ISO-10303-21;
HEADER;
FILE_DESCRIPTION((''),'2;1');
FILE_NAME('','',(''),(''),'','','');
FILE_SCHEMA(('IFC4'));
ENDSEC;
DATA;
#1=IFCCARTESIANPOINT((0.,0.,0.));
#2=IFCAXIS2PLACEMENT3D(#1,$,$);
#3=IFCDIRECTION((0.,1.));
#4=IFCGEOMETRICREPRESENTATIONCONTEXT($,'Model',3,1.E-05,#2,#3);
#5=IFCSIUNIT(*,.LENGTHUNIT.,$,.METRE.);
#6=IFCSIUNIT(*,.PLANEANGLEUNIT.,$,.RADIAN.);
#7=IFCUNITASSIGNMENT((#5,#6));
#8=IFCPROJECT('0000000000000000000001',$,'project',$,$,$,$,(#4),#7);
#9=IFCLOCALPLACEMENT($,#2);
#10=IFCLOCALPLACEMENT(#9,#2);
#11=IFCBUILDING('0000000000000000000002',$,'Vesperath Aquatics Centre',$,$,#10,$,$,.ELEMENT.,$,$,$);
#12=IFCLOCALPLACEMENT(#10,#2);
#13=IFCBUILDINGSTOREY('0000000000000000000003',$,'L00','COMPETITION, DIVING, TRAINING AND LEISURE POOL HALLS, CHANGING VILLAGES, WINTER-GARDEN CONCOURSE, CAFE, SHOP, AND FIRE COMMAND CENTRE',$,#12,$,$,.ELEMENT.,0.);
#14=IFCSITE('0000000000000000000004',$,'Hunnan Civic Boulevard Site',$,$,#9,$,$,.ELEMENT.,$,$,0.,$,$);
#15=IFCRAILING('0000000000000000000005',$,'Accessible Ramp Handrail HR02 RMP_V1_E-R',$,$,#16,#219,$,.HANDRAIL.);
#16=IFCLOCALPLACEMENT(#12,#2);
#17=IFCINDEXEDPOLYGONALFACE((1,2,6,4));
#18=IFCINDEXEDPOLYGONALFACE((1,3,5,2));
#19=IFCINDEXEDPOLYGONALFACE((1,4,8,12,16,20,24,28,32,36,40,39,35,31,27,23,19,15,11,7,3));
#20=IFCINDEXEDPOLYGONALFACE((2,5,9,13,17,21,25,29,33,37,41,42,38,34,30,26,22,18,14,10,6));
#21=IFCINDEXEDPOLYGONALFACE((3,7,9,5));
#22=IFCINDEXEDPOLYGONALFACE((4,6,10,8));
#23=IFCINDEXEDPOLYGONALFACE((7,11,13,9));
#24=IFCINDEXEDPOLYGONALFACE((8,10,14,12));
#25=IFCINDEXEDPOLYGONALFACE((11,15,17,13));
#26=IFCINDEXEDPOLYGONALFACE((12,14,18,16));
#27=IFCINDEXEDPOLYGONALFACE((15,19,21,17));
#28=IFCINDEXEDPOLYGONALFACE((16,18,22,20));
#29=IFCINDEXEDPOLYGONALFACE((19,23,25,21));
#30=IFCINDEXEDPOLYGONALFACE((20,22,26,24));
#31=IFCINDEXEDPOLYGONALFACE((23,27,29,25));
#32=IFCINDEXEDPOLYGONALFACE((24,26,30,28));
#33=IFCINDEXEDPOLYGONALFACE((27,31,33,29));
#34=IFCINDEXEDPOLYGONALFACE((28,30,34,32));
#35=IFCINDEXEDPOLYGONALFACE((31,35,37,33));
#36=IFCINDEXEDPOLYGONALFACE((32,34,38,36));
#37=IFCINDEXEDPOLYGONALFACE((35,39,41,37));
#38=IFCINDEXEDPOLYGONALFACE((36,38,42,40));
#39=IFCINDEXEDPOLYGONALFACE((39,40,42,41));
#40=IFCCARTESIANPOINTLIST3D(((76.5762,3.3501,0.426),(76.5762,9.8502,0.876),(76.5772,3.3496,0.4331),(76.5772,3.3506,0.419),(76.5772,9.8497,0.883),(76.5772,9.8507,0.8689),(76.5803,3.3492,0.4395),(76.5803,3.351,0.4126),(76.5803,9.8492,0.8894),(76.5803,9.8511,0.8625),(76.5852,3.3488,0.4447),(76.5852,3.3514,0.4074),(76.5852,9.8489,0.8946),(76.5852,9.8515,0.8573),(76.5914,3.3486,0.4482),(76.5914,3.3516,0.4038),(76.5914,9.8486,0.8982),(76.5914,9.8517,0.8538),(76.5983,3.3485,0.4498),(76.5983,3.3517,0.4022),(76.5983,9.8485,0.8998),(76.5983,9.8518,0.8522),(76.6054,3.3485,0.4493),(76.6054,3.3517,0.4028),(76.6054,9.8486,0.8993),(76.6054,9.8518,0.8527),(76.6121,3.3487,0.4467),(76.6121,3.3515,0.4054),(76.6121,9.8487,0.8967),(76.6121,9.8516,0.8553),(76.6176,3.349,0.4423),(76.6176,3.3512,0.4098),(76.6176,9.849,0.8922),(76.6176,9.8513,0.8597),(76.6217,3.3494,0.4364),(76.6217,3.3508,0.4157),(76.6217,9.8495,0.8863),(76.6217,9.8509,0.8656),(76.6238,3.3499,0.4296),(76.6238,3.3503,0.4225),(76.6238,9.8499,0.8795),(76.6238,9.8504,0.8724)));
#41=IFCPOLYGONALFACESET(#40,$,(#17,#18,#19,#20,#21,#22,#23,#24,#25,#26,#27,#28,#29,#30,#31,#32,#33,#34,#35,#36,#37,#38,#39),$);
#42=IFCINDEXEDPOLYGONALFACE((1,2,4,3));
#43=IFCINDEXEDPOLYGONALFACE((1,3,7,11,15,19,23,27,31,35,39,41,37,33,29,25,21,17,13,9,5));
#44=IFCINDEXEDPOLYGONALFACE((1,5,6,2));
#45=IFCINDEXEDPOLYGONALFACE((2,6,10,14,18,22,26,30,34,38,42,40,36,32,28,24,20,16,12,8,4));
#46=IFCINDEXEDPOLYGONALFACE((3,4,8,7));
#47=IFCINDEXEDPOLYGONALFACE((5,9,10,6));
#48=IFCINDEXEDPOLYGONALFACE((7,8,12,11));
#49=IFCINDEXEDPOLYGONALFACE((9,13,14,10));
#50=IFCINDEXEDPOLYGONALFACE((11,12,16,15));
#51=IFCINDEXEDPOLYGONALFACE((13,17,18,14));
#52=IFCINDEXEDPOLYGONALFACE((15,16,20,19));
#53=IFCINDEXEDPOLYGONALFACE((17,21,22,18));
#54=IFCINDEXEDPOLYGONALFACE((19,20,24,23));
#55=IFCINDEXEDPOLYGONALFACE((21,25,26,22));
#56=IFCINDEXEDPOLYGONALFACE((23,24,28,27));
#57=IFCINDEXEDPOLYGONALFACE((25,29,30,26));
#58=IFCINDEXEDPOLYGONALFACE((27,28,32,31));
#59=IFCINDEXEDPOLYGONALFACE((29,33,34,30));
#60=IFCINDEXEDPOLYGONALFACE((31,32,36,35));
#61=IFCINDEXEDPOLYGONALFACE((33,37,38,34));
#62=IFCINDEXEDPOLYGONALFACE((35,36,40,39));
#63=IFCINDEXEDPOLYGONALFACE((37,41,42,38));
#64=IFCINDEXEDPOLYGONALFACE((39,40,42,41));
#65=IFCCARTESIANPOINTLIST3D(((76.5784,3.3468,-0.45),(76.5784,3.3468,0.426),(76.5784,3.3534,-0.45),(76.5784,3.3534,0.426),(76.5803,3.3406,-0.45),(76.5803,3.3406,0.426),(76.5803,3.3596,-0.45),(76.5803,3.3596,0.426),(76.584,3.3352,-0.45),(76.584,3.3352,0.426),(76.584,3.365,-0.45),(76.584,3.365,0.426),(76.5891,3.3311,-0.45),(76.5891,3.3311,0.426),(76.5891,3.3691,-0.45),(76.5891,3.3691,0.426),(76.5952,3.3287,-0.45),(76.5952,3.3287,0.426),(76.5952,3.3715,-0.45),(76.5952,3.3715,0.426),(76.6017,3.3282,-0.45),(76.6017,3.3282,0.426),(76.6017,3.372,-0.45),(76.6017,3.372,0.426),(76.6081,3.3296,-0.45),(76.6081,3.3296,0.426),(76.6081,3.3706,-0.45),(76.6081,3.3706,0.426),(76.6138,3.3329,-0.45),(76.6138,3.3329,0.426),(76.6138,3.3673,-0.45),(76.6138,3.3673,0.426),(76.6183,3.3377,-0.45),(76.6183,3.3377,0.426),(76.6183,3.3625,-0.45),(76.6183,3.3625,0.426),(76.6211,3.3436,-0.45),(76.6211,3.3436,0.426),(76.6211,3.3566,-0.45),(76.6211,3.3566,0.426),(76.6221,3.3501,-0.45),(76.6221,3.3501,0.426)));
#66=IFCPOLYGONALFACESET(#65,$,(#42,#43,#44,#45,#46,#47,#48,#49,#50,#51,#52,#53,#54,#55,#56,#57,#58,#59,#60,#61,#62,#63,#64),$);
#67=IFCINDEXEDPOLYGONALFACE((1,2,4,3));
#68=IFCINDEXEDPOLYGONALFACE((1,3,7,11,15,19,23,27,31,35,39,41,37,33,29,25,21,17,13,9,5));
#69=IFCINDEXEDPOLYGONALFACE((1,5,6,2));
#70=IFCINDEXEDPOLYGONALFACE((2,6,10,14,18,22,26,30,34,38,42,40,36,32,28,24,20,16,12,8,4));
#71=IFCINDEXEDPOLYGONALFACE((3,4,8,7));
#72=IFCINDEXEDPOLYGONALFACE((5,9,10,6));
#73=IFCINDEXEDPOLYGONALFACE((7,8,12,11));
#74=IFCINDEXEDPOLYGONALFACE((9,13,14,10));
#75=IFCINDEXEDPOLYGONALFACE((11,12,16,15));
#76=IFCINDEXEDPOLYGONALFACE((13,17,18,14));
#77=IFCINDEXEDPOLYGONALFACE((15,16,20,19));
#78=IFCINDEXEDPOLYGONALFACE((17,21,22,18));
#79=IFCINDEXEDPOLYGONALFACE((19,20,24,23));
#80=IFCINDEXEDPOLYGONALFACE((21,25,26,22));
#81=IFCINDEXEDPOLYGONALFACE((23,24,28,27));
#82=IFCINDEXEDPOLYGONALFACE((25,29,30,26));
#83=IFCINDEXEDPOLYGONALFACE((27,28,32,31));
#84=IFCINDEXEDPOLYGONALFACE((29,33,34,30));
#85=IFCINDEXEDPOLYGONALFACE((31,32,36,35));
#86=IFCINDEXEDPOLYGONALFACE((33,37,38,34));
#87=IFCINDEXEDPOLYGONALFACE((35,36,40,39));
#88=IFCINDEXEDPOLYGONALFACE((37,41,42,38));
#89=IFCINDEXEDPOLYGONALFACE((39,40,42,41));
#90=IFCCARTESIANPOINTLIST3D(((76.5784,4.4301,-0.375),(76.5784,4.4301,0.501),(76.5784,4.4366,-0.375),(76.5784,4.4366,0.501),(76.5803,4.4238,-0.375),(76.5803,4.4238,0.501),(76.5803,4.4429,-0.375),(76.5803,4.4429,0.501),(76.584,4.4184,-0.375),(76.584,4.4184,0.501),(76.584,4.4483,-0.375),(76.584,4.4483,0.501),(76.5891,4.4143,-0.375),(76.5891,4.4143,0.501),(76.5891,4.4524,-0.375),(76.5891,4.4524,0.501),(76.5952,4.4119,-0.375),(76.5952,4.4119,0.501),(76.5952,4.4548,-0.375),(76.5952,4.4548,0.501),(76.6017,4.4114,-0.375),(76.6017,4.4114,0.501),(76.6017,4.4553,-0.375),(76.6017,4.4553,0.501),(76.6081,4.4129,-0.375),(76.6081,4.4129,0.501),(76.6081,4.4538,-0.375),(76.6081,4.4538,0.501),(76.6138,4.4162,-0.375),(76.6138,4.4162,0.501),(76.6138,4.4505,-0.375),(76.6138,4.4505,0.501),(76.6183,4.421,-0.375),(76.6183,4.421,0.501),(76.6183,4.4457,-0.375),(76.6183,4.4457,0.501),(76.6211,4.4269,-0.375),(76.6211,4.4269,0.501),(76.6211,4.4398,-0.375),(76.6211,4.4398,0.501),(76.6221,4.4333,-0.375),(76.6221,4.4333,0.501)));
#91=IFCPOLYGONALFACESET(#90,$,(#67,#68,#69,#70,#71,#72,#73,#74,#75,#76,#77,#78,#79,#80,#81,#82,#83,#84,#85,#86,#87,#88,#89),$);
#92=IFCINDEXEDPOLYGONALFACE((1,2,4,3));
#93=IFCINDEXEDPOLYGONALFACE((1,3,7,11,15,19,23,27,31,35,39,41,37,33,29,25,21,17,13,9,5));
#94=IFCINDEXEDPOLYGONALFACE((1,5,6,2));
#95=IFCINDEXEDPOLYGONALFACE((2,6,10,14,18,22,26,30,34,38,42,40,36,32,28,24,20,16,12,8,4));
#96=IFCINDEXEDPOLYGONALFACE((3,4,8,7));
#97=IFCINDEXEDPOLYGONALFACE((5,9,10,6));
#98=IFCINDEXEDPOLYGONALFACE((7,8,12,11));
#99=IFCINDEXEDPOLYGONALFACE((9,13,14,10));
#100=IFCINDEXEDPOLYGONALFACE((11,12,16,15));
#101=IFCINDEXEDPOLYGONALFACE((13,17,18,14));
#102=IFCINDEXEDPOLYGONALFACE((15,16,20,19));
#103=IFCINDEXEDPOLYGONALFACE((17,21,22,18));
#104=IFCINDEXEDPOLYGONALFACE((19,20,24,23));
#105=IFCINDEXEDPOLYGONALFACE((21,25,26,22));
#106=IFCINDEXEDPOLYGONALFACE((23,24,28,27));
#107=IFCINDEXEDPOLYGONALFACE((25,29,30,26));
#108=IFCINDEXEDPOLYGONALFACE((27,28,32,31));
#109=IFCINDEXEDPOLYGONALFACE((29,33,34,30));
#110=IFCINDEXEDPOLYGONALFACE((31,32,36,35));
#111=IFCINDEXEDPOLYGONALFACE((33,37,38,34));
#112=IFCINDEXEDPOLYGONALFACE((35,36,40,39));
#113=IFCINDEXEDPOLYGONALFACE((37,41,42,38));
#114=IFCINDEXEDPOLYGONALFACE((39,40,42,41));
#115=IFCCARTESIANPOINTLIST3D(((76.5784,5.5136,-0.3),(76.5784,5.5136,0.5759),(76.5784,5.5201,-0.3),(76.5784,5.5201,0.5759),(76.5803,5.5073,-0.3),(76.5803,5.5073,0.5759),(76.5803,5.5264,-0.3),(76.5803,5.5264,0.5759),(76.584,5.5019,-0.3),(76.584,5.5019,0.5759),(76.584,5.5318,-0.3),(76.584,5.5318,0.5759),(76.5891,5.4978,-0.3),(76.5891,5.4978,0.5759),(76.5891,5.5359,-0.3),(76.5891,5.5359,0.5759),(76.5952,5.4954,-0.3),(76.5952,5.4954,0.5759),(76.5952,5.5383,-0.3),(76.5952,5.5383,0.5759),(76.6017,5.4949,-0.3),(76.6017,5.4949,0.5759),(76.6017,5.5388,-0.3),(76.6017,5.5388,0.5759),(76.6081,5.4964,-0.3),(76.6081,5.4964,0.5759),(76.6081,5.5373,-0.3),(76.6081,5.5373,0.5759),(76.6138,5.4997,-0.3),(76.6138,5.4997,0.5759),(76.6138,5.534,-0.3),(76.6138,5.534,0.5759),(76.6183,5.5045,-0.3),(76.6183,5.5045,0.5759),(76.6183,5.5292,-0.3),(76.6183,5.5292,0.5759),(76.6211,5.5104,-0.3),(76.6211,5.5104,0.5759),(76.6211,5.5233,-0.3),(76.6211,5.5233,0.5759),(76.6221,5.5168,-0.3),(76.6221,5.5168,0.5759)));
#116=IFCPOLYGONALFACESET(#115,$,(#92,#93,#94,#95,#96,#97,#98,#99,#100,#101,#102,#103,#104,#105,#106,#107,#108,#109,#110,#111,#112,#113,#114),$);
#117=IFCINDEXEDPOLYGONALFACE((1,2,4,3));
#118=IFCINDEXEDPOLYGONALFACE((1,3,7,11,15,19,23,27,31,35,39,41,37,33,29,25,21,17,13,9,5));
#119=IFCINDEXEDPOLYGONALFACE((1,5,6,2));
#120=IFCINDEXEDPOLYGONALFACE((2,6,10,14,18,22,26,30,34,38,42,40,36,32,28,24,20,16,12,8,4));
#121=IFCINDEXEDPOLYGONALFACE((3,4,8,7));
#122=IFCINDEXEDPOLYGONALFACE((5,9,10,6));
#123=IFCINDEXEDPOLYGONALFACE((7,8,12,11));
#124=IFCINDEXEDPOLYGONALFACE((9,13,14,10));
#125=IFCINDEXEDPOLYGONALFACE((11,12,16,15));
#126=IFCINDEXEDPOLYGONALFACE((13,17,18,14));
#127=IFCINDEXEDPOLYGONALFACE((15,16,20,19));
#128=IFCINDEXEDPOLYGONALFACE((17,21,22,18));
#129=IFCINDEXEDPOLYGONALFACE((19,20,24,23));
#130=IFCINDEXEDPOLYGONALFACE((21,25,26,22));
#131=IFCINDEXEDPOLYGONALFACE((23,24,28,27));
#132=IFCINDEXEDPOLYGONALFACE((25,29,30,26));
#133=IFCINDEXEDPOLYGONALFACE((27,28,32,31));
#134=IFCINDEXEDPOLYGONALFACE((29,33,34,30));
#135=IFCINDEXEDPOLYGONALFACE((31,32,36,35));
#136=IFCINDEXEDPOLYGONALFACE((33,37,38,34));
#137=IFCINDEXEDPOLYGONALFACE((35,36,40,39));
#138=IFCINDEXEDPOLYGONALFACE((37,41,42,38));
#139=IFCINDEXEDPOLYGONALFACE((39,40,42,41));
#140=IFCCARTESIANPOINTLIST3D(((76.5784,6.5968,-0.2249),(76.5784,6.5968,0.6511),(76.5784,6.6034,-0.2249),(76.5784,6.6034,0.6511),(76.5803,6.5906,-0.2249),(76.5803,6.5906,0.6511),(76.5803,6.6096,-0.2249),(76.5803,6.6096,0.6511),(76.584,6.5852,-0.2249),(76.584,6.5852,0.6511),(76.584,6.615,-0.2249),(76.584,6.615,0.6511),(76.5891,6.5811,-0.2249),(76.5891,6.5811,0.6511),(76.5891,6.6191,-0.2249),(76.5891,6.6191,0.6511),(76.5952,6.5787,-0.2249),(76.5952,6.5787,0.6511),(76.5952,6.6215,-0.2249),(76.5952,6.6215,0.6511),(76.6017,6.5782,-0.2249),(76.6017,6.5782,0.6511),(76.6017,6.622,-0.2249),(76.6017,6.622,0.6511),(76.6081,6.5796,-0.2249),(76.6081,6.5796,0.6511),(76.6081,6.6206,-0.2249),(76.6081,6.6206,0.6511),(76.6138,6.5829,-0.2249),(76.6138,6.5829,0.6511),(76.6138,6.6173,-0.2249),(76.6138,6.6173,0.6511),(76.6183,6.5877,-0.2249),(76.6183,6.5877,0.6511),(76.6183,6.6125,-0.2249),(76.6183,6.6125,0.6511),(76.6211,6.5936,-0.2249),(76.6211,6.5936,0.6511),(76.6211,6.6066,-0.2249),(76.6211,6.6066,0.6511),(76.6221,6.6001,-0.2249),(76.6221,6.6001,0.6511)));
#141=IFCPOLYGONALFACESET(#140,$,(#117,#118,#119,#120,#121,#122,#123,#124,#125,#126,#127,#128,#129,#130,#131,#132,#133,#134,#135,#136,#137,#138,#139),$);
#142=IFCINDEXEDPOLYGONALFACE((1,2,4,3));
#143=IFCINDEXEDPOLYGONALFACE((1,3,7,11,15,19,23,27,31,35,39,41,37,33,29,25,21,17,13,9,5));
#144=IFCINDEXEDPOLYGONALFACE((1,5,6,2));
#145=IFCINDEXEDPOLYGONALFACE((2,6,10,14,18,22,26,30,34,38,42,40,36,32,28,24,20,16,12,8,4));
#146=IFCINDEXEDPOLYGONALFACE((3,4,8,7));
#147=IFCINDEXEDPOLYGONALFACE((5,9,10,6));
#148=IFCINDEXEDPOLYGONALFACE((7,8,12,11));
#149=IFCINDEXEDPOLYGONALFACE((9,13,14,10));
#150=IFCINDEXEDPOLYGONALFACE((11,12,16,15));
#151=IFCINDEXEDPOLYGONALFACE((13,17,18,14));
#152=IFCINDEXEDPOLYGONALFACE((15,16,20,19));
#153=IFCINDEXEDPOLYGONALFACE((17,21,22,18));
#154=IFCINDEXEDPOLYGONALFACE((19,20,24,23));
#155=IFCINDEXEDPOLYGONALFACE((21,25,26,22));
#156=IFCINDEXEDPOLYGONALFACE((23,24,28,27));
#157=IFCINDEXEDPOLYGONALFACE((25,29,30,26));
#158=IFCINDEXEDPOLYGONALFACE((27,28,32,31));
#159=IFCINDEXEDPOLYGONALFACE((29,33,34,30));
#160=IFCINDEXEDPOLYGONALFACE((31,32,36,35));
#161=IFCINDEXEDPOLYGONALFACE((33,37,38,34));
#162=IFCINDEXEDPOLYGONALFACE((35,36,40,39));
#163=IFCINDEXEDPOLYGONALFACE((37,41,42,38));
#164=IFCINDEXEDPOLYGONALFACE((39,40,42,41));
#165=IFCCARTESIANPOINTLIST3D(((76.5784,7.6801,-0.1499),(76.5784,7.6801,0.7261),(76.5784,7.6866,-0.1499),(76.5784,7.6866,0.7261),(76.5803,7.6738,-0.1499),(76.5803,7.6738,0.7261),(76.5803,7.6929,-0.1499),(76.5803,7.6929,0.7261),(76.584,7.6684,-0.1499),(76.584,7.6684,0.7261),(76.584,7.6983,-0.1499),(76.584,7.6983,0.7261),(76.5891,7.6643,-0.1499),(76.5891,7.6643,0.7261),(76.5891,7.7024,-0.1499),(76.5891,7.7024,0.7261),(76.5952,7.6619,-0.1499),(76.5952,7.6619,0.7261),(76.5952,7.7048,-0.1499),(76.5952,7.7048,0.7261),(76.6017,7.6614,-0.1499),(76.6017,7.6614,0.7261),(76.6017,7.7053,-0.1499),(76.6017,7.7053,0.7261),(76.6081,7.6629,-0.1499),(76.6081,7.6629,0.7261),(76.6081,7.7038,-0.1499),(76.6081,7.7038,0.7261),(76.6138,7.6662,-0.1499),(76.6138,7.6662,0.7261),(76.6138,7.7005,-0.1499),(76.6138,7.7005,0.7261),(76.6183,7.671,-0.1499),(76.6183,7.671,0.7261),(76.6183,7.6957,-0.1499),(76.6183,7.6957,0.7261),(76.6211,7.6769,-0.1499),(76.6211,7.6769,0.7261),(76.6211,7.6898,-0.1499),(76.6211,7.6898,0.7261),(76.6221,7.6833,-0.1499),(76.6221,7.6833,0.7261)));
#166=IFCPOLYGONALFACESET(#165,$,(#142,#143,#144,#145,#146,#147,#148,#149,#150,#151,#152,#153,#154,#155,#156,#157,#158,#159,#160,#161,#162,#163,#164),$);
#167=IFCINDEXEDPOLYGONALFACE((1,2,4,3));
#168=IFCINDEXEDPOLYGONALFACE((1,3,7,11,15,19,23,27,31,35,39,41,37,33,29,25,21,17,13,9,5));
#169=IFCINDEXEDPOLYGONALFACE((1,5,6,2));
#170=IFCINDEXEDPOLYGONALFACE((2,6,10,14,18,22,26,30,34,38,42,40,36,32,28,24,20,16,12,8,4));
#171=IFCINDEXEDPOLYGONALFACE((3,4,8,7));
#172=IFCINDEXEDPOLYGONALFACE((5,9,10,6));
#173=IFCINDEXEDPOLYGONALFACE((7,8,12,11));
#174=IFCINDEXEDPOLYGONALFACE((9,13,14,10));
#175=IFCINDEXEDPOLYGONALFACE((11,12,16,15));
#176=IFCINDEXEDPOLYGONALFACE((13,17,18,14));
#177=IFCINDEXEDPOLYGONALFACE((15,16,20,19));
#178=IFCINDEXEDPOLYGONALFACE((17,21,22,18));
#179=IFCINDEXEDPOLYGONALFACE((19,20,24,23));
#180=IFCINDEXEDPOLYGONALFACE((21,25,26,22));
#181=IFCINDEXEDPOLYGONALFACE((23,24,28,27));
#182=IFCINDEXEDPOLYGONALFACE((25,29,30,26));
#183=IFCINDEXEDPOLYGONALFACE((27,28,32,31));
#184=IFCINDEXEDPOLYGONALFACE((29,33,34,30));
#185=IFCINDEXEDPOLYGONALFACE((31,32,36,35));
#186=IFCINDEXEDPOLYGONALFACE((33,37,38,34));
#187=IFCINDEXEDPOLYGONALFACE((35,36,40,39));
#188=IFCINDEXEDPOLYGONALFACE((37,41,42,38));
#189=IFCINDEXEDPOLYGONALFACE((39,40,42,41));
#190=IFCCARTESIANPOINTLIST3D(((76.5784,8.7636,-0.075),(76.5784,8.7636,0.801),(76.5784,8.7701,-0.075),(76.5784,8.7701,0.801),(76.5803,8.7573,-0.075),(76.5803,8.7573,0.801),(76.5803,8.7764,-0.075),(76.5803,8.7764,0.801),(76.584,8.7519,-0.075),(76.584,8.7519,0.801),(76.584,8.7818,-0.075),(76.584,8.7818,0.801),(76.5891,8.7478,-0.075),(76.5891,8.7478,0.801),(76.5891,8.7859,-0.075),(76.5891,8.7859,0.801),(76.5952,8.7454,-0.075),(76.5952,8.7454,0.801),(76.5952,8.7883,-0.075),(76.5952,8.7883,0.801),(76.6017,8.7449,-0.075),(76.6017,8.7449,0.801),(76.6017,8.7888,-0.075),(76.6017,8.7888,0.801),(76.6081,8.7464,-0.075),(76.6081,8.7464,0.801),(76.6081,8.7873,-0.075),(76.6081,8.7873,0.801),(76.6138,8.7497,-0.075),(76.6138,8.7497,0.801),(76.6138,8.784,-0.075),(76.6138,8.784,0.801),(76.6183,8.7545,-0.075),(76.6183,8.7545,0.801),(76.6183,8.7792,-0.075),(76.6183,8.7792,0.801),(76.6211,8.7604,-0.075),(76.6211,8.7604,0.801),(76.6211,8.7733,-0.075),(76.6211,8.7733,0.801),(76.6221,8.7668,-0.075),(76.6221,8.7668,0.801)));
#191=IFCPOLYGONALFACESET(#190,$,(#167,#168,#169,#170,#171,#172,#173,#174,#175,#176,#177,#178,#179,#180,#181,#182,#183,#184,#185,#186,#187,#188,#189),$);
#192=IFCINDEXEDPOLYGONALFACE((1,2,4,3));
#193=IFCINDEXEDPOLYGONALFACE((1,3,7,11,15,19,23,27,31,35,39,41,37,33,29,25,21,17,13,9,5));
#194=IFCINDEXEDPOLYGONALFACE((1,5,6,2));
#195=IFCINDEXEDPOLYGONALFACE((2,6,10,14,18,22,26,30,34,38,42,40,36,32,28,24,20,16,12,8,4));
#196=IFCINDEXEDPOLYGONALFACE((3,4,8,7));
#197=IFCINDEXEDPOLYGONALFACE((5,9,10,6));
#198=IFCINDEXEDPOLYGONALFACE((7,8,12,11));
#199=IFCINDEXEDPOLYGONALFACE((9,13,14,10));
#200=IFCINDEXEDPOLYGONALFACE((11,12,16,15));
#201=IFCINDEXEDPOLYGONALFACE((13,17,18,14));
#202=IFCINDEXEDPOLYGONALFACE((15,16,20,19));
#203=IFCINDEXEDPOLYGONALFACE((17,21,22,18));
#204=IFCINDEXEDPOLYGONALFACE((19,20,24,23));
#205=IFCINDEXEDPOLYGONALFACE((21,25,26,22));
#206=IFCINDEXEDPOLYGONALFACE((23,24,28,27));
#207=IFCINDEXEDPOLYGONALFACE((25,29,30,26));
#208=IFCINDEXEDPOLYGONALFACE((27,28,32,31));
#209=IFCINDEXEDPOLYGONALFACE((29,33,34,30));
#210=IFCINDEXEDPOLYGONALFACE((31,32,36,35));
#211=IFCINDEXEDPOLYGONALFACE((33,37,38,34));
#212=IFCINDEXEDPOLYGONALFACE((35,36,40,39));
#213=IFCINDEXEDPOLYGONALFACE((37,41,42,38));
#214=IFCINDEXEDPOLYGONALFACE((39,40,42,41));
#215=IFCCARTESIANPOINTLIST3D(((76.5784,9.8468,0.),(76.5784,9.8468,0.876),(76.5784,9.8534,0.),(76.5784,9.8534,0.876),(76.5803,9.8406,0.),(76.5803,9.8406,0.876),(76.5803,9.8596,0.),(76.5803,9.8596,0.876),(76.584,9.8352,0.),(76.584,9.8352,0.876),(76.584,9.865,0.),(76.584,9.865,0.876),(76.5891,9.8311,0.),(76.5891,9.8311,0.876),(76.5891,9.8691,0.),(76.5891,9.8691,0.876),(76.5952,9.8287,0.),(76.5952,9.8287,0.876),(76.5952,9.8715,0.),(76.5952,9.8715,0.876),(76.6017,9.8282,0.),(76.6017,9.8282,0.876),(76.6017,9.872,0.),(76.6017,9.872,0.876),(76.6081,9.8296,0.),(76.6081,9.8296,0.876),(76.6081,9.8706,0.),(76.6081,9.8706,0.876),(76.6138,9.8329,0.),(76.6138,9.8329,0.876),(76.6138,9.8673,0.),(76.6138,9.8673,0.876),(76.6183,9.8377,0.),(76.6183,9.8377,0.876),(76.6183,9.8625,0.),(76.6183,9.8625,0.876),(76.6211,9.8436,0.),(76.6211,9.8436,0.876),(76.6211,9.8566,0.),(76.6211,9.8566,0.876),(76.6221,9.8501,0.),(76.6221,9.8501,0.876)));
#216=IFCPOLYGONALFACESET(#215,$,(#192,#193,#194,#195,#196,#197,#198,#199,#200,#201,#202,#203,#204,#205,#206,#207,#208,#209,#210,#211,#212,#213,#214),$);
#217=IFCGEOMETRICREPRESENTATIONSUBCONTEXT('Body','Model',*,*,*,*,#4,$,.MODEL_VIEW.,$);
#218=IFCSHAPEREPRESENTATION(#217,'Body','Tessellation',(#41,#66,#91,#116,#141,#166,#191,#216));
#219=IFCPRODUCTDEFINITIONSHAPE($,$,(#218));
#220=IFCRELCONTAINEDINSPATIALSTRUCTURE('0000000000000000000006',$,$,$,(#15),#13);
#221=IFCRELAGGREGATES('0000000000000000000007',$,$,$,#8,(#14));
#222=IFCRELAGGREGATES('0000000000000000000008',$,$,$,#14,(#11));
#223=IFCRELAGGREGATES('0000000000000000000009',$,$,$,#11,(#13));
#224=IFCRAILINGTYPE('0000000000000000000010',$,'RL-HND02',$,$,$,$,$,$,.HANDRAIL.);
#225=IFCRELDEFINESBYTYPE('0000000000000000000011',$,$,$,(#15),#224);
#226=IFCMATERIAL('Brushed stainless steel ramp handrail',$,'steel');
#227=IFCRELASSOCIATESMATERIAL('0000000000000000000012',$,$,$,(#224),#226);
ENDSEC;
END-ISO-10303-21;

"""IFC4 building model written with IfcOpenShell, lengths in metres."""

from ifc_helpers import new_model, si_unit, direction, frame, origin, origin_2d, place, context, subcontext, project, spatial, circle, extrude, material, type_object, element, save


model = new_model("IFC4")

# Units and contexts
model_context = context("Model", 3, precision=1e-05, world=origin(), true_north=direction((0.0, 1.0)))
body_context = subcontext(model_context, "Body", "Model", "MODEL_VIEW")
ifc_project = project(units=[si_unit("LENGTHUNIT", "METRE"), si_unit("PLANEANGLEUNIT", "RADIAN")], contexts=[model_context])

# Site, building, storey
site_placement = place(None, origin())
site = spatial("IfcSite", under=ifc_project, at=site_placement, Name="Hunnan Civic Boulevard Site", CompositionType="ELEMENT", RefElevation=0.0)
building_placement = place(site_placement, origin())
building = spatial("IfcBuilding", under=site, at=building_placement, Name="Vesperath Aquatics Centre", CompositionType="ELEMENT")
storey_placement = place(building_placement, origin())
storey = spatial("IfcBuildingStorey", under=building, at=storey_placement, Name="L00", Description="COMPETITION, DIVING, TRAINING AND LEISURE POOL HALLS, CHANGING VILLAGES, WINTER-GARDEN CONCOURSE, CAFE, SHOP, AND FIRE COMMAND CENTRE", CompositionType="ELEMENT", Elevation=0.0)

# Railing
ifc_material_1 = material(Name="Brushed stainless steel ramp handrail", Category="steel")
railing_type = type_object("IfcRailingType", Name="RL-HND02", PredefinedType="HANDRAIL", material=ifc_material_1)
railing_placement = place(storey_placement, frame((76.6001, 3.3501, -0.45)))
element("IfcRailing", 1, at=railing_placement, inside=storey, type_object=railing_type, Name="Accessible Ramp Handrail HR02 RMP_V1_E-R", PredefinedType="HANDRAIL", context=body_context, shape_type="SweptSolid", body=[
    extrude(circle(Radius=0.0239, at=origin_2d()), frame((0.0, 0.0, 0.876), z_axis=(0.0, 0.997613, 0.069058), x_axis=(-1.0, 0.0, 0.0)), (0.0, 0.0, 1.0), 6.5156),
    extrude(circle(Radius=0.022, at=origin_2d()), origin(), (0.0, 0.0, 1.0), 0.876),
    extrude(circle(Radius=0.022, at=origin_2d()), frame((0.0, 1.0833, 0.075)), (0.0, 0.0, 1.0), 0.876),
    extrude(circle(Radius=0.022, at=origin_2d()), frame((0.0, 2.1667, 0.1499)), (0.0, 0.0, 1.0), 0.876),
    extrude(circle(Radius=0.022, at=origin_2d()), frame((0.0, 3.25, 0.2251)), (0.0, 0.0, 1.0), 0.876),
    extrude(circle(Radius=0.022, at=origin_2d()), frame((0.0, 4.3333, 0.3)), (0.0, 0.0, 1.0), 0.876),
    extrude(circle(Radius=0.022, at=origin_2d()), frame((0.0, 5.4167, 0.375)), (0.0, 0.0, 1.0), 0.876),
    extrude(circle(Radius=0.022, at=origin_2d()), frame((0.0, 6.5, 0.45)), (0.0, 0.0, 1.0), 0.876),
])

save(model, "model.ifc")
